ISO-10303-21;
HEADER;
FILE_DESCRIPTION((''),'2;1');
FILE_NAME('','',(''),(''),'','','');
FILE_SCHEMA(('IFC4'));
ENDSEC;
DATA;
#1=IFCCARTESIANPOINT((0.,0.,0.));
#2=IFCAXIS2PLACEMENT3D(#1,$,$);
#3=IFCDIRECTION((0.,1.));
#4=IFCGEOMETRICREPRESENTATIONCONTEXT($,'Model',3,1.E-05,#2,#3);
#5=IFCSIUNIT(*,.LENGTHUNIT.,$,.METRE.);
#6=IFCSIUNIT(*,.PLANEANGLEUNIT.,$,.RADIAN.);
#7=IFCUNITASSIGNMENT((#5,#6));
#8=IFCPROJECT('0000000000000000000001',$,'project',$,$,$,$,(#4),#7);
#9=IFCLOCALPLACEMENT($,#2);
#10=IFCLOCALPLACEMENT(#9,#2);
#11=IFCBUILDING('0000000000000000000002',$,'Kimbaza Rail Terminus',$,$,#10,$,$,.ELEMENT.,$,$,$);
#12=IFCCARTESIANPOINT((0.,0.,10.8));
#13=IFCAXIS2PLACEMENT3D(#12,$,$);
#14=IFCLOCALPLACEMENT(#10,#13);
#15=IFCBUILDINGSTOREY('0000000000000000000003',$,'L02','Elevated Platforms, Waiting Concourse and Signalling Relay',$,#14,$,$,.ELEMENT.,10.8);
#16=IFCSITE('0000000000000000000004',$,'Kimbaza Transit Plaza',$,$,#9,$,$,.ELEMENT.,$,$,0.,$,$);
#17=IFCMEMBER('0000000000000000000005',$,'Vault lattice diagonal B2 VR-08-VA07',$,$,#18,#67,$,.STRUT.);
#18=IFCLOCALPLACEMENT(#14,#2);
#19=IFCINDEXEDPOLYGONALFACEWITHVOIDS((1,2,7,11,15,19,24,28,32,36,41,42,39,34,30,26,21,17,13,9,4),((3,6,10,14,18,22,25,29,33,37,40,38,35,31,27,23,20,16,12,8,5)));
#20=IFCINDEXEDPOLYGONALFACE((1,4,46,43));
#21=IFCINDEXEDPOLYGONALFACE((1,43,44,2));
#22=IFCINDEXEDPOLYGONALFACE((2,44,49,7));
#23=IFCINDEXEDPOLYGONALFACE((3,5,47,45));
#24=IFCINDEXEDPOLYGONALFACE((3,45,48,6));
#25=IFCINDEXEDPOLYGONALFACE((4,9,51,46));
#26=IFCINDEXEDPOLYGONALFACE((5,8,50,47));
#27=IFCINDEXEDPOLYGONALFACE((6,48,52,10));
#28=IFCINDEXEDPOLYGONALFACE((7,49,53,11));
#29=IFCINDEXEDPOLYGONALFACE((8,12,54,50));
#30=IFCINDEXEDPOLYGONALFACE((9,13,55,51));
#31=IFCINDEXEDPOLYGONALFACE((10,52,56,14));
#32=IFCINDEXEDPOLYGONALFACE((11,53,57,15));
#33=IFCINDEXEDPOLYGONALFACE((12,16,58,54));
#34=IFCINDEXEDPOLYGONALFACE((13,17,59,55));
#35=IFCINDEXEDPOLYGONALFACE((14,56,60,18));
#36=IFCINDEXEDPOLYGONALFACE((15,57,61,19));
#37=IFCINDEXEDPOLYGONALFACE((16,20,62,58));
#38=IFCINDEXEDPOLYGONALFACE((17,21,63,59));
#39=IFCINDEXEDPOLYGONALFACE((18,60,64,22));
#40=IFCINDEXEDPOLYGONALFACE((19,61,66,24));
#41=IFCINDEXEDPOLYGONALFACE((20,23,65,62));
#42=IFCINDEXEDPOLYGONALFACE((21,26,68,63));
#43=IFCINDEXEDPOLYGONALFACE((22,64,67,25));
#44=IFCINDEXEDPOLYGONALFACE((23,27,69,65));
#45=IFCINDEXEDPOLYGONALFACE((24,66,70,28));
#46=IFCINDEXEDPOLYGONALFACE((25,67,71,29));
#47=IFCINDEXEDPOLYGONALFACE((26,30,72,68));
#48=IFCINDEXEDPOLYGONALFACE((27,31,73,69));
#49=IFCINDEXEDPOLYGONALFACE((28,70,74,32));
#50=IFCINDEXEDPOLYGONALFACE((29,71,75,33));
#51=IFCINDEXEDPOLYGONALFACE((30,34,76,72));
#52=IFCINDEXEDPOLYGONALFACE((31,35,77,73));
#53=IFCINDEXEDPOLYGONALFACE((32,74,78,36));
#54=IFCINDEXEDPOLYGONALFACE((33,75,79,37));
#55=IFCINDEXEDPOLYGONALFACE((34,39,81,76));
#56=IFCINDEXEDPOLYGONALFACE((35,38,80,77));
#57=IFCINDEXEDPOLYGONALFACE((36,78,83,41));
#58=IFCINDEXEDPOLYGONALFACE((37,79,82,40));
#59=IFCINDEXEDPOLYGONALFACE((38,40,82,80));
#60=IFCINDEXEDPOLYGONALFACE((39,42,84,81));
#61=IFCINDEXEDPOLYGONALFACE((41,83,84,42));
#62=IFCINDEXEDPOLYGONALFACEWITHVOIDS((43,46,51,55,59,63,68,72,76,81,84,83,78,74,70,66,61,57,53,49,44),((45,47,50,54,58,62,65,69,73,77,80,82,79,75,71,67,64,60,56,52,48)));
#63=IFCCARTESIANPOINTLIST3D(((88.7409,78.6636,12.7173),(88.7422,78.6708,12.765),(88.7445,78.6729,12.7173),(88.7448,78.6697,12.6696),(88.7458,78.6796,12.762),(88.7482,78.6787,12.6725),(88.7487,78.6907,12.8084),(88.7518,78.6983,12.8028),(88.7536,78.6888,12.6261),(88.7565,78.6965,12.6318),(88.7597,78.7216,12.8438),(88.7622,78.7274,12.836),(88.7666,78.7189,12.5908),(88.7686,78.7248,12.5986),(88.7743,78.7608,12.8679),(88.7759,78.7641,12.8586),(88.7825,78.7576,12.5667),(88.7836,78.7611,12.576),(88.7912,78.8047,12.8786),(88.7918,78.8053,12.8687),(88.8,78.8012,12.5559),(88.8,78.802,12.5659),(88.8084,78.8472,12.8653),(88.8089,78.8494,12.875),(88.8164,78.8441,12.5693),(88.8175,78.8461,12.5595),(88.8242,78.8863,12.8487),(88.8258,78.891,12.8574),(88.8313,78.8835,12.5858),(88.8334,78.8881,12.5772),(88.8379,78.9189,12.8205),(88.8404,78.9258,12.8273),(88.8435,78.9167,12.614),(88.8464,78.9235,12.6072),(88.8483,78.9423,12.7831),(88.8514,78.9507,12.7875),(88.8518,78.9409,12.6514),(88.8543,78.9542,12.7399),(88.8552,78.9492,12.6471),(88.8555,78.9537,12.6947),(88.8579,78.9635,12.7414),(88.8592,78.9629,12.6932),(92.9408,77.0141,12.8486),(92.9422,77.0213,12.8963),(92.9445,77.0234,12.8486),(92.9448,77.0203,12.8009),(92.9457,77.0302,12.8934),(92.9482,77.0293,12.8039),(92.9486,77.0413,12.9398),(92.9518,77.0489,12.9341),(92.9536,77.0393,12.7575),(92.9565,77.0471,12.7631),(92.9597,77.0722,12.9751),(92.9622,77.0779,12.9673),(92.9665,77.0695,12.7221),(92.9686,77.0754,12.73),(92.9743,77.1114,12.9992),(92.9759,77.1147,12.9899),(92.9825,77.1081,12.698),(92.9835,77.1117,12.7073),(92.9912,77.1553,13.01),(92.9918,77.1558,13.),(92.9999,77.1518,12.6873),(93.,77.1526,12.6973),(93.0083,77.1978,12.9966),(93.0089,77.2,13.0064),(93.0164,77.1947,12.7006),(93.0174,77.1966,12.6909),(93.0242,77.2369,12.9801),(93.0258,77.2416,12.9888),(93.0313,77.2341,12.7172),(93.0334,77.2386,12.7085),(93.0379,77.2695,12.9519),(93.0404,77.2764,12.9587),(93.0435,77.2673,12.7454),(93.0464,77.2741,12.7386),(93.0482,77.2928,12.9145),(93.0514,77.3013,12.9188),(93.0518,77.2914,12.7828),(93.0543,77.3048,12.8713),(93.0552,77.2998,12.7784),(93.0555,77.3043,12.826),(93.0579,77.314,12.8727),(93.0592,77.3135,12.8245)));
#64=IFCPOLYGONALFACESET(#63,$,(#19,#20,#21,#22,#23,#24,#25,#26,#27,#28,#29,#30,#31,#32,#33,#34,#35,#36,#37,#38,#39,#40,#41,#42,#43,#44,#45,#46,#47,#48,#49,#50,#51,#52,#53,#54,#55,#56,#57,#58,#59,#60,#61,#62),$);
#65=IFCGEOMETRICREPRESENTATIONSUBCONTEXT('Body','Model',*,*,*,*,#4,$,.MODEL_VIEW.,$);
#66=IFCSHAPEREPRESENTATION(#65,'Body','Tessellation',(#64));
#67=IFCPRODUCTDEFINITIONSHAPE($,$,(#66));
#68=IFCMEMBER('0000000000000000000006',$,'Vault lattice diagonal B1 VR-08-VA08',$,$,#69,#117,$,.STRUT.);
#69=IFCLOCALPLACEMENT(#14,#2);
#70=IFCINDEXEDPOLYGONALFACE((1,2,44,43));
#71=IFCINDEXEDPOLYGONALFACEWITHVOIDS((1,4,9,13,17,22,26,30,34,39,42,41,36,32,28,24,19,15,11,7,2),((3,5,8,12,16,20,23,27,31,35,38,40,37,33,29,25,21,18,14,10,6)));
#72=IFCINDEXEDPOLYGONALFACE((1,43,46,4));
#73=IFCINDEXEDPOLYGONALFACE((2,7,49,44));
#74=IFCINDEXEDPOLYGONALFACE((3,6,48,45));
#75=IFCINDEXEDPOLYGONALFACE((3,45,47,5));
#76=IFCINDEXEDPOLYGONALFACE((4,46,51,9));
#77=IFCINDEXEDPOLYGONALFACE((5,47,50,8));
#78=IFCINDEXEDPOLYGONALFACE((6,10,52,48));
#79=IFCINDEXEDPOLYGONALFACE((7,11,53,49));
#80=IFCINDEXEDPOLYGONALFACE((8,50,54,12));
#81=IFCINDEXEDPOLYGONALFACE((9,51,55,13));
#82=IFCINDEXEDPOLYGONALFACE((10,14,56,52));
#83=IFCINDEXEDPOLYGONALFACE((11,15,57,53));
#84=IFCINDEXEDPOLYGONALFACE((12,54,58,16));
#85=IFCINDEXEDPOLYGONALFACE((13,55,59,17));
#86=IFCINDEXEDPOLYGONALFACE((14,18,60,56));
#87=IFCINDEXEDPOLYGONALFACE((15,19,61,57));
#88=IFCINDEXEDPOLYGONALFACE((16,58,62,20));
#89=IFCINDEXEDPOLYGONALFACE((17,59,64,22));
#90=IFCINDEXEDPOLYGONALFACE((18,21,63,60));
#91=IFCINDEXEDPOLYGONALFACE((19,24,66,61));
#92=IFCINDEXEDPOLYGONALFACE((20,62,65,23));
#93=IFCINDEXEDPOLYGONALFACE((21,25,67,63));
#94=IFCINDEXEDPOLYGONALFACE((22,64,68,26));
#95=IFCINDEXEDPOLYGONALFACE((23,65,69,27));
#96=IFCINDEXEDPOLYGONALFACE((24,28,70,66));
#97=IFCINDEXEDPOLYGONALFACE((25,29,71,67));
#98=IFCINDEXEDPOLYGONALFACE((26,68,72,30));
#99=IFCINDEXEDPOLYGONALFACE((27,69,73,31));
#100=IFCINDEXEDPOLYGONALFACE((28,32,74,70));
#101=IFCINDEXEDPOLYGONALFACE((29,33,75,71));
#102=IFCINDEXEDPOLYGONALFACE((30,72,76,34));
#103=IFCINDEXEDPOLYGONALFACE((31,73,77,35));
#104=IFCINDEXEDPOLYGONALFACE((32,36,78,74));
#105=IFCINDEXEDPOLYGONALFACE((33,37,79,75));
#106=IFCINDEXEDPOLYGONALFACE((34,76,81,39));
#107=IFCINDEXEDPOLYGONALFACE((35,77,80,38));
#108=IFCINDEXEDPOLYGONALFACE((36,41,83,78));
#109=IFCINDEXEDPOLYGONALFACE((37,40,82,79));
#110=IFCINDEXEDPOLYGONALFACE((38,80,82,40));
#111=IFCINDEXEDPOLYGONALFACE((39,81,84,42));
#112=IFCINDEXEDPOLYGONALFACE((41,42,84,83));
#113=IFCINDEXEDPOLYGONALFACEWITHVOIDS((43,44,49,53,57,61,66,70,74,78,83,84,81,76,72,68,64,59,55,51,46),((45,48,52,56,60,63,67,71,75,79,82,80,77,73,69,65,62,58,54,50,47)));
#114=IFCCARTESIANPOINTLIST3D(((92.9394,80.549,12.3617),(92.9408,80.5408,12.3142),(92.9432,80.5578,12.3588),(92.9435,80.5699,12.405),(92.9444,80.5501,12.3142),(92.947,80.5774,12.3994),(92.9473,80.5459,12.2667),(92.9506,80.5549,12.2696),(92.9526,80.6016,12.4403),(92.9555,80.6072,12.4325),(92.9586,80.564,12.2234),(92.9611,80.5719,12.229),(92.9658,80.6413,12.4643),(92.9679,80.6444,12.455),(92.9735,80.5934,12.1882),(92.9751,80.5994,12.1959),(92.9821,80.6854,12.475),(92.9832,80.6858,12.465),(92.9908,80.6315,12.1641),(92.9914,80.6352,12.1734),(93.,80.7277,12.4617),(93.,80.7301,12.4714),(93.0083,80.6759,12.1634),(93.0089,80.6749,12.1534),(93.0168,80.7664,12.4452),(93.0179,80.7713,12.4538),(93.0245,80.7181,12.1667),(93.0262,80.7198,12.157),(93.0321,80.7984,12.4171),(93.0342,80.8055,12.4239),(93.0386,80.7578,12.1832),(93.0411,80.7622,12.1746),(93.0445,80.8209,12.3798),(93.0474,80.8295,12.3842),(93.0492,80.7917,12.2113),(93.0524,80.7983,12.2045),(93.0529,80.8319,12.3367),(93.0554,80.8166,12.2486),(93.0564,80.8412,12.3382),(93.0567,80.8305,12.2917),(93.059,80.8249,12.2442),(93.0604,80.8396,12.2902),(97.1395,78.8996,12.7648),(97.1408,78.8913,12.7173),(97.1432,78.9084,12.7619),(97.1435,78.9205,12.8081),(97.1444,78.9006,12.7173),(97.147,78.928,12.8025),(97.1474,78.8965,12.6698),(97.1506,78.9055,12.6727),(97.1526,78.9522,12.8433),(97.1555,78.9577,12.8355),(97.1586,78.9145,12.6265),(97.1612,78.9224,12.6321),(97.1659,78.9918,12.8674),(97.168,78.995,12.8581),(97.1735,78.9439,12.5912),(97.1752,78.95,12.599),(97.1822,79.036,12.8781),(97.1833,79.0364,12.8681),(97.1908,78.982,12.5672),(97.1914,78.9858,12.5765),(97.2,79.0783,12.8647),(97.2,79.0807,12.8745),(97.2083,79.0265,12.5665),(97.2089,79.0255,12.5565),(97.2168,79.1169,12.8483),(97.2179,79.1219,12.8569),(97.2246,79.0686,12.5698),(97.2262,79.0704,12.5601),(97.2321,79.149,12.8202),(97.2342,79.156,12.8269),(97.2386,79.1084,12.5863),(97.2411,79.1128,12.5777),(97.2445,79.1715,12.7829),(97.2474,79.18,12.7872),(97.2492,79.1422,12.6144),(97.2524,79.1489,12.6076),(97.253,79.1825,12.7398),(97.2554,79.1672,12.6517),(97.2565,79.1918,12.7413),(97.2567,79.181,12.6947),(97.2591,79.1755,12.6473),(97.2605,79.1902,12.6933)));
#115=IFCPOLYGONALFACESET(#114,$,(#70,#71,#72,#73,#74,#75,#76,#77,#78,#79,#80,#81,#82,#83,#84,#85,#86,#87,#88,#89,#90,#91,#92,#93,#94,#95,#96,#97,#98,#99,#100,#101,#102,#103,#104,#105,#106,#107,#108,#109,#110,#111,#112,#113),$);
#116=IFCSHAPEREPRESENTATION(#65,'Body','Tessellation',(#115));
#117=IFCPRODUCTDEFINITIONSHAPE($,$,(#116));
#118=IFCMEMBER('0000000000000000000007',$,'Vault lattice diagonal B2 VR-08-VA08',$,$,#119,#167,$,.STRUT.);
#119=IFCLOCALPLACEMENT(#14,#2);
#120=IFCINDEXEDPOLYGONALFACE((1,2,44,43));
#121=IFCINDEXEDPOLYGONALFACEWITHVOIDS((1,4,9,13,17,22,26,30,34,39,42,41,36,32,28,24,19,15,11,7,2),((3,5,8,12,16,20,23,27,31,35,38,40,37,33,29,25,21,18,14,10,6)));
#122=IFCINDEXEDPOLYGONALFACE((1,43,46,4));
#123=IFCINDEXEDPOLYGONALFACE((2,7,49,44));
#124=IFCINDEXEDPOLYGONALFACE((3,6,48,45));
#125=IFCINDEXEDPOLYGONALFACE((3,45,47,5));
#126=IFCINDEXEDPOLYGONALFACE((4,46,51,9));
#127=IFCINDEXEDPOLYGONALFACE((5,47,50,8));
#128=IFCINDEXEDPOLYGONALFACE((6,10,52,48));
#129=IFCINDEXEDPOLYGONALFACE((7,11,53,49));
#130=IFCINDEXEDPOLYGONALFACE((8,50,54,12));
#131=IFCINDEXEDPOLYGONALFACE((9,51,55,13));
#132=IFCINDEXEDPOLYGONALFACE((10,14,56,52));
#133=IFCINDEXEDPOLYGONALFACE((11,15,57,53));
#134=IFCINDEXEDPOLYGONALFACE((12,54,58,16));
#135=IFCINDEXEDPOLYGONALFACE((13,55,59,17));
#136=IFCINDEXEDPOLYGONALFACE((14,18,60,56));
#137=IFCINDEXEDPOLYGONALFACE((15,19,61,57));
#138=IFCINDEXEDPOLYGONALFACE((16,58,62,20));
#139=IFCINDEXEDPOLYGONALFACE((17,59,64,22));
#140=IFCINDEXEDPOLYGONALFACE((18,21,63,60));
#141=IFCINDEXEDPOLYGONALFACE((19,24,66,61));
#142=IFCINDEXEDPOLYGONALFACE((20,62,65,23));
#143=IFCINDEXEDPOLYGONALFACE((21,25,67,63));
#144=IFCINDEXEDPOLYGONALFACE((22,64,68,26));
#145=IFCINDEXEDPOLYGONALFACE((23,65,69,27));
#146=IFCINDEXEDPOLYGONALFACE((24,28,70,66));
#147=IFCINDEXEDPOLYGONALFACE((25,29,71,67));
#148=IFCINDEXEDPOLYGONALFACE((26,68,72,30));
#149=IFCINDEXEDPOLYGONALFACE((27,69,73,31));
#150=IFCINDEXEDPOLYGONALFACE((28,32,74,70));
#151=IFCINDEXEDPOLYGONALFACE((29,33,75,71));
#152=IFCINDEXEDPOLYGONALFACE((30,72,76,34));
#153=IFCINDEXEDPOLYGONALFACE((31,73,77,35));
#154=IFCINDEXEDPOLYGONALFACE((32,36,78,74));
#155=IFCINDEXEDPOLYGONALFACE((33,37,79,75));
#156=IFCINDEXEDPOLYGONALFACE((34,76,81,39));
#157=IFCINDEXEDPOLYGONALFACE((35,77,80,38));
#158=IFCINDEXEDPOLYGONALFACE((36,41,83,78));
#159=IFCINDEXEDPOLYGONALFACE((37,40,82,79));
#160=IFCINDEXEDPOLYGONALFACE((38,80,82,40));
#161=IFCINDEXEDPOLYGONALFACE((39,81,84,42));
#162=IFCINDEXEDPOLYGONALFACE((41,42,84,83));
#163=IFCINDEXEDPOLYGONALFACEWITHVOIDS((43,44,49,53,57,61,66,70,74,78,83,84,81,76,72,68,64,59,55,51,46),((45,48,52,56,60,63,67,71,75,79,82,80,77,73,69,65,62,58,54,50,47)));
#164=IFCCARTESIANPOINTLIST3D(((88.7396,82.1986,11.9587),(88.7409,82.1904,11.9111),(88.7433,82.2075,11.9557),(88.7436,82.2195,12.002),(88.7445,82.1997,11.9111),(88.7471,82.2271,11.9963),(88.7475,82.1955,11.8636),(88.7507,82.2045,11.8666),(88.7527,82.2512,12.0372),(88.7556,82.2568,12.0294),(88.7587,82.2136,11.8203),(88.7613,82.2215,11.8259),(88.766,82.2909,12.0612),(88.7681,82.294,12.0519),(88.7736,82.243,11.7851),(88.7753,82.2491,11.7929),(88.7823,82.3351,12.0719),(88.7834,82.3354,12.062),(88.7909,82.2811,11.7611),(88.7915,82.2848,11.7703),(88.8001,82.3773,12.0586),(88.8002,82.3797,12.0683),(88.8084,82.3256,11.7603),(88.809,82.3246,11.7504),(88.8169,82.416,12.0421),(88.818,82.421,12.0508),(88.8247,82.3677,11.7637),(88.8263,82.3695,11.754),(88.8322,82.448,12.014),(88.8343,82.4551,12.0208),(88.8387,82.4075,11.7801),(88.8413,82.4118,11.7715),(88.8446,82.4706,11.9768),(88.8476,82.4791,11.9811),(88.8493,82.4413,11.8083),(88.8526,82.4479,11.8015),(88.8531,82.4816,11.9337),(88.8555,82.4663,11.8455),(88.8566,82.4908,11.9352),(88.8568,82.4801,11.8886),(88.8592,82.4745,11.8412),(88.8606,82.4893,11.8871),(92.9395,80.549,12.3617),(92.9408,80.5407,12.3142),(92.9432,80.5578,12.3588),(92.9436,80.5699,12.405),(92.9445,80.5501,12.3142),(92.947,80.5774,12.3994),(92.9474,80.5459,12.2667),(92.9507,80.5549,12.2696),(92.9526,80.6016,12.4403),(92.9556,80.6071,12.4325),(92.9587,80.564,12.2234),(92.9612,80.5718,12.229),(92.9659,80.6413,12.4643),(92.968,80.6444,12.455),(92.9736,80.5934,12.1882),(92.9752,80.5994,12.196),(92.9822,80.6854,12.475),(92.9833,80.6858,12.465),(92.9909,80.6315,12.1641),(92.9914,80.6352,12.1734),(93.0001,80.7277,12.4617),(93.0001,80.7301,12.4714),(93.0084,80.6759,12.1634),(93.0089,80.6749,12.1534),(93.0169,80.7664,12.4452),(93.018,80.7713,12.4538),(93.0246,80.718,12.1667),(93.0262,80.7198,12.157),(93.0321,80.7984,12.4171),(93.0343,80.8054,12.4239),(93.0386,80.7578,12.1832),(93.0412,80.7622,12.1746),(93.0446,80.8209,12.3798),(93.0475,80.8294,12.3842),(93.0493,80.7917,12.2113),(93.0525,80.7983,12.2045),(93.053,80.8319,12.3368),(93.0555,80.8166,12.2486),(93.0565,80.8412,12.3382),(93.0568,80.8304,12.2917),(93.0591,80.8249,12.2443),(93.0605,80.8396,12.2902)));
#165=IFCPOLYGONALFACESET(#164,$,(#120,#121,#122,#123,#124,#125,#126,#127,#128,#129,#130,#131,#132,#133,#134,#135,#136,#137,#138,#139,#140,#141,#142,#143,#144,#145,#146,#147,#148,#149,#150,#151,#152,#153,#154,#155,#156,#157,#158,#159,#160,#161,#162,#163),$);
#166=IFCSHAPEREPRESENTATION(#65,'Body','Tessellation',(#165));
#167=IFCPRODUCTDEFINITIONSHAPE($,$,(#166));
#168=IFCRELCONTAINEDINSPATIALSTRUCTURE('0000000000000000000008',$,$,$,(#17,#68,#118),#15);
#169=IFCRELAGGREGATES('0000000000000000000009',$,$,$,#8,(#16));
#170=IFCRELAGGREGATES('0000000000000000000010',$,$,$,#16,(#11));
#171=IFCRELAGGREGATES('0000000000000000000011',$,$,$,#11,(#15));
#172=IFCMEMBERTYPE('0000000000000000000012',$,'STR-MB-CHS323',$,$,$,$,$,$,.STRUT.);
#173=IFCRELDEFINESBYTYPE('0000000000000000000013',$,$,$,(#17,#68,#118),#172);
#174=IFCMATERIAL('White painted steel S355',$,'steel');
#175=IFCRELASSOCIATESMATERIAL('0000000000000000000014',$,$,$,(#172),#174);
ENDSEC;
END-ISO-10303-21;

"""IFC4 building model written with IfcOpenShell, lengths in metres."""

from ifc_helpers import new_model, si_unit, direction, frame, origin, origin_2d, place, context, subcontext, project, spatial, hollow_circle, extrude, material, material_profile, profile_set, type_object, element, save


model = new_model("IFC4")

# Units and contexts
model_context = context("Model", 3, precision=1e-05, world=origin(), true_north=direction((0.0, 1.0)))
body_context = subcontext(model_context, "Body", "Model", "MODEL_VIEW")
ifc_project = project(units=[si_unit("LENGTHUNIT", "METRE"), si_unit("PLANEANGLEUNIT", "RADIAN")], contexts=[model_context])

# Site, building, storey
site_placement = place(None, origin())
site = spatial("IfcSite", under=ifc_project, at=site_placement, Name="Kimbaza Transit Plaza", CompositionType="ELEMENT", RefElevation=0.0)
building_placement = place(site_placement, origin())
building = spatial("IfcBuilding", under=site, at=building_placement, Name="Kimbaza Rail Terminus", CompositionType="ELEMENT")
storey_placement = place(building_placement, frame((0.0, 0.0, 10.8)))
storey = spatial("IfcBuildingStorey", under=building, at=storey_placement, Name="L02", Description="Elevated Platforms, Waiting Concourse and Signalling Relay", CompositionType="ELEMENT", Elevation=10.8)

# Members
ifc_material_1 = material(Name="White painted steel S355", Category="steel")
ifc_material_profile_1 = material_profile(ifc_material_1, hollow_circle(Radius=0.1619, WallThickness=0.01, at=origin_2d()), Name="CHS 323.9x10")
ifc_profile_set_1 = profile_set([ifc_material_profile_1], Name="White painted steel S355")
member_type_1 = type_object("IfcMemberType", Name="STR-MB-CHS323", PredefinedType="STRUT", material=ifc_profile_set_1)
for number, where, z_axis, x_axis, name in (
    (1, (93.0, 77.1648, 12.8486), (-0.9304, 0.365389, -0.029097), (-0.365544, -0.930794, 0.0), "Vault lattice diagonal B2 VR-08-VA07"),
):
    element("IfcMember", number, at=place(storey_placement, frame(where, z_axis=z_axis, x_axis=x_axis)), inside=storey, type_object=member_type_1, Name=name, PredefinedType="STRUT", context=body_context, shape_type="SweptSolid", body=[
        extrude(hollow_circle(Radius=0.1619, WallThickness=0.01, at=origin_2d()), origin(), (0.0, 0.0, 1.0), 4.5142),
    ])
for number, where, z_axis, x_axis, name in (
    (2, (97.2, 79.042, 12.7173), (-0.927103, 0.364094, -0.088976), (-0.365544, -0.930794, 0.0), "Vault lattice diagonal B1 VR-08-VA08"),
    (3, (93.0, 80.6914, 12.3142), (-0.927084, 0.36414, -0.088974), (-0.36559, -0.930776, 0.0), "Vault lattice diagonal B2 VR-08-VA08"),
):
    element("IfcMember", number, at=place(storey_placement, frame(where, z_axis=z_axis, x_axis=x_axis)), inside=storey, type_object=member_type_1, Name=name, PredefinedType="STRUT", context=body_context, shape_type="SweptSolid", body=[
        extrude(hollow_circle(Radius=0.1619, WallThickness=0.01, at=origin_2d()), origin(), (0.0, 0.0, 1.0), 4.5303),
    ])

save(model, "model.ifc")
